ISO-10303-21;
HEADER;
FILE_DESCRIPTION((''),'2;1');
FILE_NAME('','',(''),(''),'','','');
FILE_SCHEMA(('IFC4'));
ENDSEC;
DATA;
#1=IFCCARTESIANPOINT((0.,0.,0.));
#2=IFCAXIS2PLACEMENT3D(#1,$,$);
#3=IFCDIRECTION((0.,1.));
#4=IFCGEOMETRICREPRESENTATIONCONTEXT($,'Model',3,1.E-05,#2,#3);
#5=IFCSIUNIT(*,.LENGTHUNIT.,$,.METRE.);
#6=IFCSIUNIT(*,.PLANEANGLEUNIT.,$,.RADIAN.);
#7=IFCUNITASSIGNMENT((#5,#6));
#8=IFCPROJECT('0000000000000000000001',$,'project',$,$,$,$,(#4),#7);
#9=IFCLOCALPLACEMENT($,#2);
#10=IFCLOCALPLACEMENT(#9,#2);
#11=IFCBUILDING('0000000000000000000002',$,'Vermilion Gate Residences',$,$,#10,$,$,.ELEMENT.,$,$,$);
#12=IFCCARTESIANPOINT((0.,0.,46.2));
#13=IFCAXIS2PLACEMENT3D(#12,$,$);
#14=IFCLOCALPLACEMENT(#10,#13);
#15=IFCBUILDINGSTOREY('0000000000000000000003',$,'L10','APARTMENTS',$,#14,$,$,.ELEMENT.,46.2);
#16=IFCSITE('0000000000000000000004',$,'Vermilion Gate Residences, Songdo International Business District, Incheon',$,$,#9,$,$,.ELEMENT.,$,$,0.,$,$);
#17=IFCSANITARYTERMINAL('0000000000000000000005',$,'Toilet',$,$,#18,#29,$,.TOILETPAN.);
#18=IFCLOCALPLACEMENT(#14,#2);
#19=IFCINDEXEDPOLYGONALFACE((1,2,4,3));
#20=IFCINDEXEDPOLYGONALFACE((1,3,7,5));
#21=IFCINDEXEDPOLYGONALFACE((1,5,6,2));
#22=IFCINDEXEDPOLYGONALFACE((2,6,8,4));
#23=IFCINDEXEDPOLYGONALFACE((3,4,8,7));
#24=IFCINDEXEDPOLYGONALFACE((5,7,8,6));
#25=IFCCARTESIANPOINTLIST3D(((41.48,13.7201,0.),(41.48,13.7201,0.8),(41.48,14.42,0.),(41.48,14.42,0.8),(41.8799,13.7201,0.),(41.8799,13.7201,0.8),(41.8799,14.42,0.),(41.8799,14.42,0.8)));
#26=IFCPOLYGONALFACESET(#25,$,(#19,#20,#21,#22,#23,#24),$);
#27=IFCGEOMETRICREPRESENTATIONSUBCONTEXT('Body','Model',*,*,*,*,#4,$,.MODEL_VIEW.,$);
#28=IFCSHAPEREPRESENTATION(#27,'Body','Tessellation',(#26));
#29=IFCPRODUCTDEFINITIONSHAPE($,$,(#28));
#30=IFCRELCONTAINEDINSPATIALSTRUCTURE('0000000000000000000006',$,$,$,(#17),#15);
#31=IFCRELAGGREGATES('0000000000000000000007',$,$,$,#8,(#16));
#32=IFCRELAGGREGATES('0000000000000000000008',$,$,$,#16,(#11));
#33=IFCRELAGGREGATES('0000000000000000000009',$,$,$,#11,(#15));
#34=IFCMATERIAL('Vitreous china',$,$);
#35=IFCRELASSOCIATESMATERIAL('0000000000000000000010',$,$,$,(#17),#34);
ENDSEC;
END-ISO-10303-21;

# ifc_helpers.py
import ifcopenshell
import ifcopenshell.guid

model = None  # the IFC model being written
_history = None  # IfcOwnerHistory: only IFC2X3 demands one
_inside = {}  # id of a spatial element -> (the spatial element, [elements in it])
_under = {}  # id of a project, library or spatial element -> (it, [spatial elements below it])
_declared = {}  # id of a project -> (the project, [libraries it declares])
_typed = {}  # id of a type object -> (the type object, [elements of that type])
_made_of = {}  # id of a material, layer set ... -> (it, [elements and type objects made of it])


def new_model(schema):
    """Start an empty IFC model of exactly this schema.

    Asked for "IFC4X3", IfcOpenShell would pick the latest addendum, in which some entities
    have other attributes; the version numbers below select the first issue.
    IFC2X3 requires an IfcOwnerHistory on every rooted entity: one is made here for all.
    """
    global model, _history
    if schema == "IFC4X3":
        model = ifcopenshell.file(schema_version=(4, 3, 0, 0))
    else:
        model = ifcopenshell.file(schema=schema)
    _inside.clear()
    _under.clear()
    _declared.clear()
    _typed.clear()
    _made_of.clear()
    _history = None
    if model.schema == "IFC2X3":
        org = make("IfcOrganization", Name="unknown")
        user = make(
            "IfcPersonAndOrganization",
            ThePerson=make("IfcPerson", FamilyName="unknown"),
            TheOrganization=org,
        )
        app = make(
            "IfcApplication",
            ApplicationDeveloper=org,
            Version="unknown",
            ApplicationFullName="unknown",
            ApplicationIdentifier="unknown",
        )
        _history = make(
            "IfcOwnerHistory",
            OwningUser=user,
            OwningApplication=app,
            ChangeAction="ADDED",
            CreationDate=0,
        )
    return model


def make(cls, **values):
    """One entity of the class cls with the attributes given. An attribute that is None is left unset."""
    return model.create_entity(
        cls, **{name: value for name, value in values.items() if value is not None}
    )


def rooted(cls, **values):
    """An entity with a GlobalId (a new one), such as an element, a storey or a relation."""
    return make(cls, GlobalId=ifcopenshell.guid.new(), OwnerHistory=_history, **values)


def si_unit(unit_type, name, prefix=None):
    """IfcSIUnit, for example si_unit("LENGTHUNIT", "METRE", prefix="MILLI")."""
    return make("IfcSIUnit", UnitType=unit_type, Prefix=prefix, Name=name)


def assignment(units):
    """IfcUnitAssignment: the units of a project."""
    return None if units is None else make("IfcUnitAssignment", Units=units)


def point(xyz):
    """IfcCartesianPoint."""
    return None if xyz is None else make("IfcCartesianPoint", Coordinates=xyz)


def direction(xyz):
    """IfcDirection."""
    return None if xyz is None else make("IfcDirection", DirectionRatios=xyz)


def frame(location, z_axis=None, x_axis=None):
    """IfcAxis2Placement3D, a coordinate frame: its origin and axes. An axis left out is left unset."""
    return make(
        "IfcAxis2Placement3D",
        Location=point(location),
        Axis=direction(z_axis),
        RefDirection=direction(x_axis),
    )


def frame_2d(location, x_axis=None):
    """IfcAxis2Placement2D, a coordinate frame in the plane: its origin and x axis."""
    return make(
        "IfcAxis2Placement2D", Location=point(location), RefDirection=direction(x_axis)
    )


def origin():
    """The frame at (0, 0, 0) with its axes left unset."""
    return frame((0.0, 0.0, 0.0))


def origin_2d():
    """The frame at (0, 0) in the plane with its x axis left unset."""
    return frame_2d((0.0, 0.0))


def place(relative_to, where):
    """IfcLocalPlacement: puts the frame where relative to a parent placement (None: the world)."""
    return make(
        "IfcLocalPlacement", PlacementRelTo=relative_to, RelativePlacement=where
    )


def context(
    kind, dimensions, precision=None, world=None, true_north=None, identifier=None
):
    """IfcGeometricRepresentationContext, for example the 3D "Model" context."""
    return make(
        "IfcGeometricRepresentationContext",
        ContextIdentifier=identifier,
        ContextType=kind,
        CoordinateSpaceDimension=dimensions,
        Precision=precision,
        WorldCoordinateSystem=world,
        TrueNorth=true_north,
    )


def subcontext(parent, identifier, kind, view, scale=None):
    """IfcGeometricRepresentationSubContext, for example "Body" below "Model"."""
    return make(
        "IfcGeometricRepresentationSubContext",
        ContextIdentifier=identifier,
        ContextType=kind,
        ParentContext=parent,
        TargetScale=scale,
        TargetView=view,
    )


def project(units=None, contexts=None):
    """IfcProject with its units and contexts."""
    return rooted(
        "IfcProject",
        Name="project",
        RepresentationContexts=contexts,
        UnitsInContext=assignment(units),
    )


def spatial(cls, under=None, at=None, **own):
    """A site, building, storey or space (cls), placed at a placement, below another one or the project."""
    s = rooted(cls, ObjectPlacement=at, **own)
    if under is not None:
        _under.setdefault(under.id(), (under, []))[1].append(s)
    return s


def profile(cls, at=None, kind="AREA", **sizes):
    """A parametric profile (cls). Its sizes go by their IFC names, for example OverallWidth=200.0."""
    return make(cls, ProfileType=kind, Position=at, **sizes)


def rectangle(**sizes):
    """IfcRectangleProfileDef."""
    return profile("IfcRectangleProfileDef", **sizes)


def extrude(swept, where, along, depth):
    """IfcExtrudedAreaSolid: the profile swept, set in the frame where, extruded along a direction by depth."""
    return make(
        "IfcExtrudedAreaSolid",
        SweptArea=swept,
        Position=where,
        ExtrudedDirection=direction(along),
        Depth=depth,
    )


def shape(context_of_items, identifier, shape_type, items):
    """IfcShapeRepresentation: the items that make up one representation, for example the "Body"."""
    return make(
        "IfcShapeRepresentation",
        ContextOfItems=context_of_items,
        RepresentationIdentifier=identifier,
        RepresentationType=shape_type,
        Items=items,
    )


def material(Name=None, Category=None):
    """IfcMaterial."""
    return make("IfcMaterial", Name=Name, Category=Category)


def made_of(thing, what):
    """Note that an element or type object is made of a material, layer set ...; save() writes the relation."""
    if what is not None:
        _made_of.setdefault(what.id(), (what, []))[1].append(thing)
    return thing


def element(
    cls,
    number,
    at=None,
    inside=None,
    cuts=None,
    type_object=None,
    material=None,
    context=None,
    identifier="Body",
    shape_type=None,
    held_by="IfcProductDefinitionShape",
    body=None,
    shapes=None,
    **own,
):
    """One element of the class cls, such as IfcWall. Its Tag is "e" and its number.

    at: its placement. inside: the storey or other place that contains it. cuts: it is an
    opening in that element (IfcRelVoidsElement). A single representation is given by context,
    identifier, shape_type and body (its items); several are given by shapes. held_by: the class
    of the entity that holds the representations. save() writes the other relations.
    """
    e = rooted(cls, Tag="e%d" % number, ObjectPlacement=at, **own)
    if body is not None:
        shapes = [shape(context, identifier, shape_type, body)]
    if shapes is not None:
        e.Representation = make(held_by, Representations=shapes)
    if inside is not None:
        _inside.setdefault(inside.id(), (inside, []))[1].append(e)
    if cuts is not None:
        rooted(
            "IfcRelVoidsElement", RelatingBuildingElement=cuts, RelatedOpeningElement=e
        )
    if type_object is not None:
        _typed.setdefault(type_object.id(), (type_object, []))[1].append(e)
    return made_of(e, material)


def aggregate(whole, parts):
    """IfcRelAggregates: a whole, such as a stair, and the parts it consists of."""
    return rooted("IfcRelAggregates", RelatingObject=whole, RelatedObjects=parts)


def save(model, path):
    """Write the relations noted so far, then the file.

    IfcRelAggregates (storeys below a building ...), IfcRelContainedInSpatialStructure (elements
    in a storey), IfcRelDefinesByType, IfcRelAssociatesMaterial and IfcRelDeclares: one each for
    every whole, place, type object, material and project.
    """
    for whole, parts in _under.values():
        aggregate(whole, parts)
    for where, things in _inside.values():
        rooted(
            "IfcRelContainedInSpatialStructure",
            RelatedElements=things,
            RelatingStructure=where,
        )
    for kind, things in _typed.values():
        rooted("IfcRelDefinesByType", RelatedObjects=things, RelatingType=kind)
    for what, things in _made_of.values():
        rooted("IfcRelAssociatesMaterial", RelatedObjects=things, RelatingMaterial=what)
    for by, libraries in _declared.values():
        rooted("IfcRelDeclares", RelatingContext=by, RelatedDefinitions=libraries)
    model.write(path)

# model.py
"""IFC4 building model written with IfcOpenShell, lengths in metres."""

from ifc_helpers import new_model, si_unit, direction, frame, origin, origin_2d, place, context, subcontext, project, spatial, rectangle, extrude, material, element, save


model = new_model("IFC4")

# Units and contexts
model_context = context("Model", 3, precision=1e-05, world=origin(), true_north=direction((0.0, 1.0)))
body_context = subcontext(model_context, "Body", "Model", "MODEL_VIEW")
ifc_project = project(units=[si_unit("LENGTHUNIT", "METRE"), si_unit("PLANEANGLEUNIT", "RADIAN")], contexts=[model_context])

# Site, building, storey
site_placement = place(None, origin())
site = spatial("IfcSite", under=ifc_project, at=site_placement, Name="Vermilion Gate Residences, Songdo International Business District, Incheon", CompositionType="ELEMENT", RefElevation=0.0)
building_placement = place(site_placement, origin())
building = spatial("IfcBuilding", under=site, at=building_placement, Name="Vermilion Gate Residences", CompositionType="ELEMENT")
storey_placement = place(building_placement, frame((0.0, 0.0, 46.2)))
storey = spatial("IfcBuildingStorey", under=building, at=storey_placement, Name="L10", Description="APARTMENTS", CompositionType="ELEMENT", Elevation=46.2)

# Sanitary terminal
ifc_material_1 = material(Name="Vitreous china")
sanitary_terminal_placement = place(storey_placement, frame((41.6799, 14.0701, 0.0), z_axis=(0.0, 0.0, 1.0), x_axis=(1.0, 0.0, 0.0)))
element("IfcSanitaryTerminal", 1, at=sanitary_terminal_placement, inside=storey, material=ifc_material_1, Name="Toilet", PredefinedType="TOILETPAN", context=body_context, shape_type="SweptSolid", body=[
    extrude(rectangle(XDim=0.3999, YDim=0.7, at=origin_2d()), origin(), (0.0, 0.0, 1.0), 0.8),
])

save(model, "model.ifc")
